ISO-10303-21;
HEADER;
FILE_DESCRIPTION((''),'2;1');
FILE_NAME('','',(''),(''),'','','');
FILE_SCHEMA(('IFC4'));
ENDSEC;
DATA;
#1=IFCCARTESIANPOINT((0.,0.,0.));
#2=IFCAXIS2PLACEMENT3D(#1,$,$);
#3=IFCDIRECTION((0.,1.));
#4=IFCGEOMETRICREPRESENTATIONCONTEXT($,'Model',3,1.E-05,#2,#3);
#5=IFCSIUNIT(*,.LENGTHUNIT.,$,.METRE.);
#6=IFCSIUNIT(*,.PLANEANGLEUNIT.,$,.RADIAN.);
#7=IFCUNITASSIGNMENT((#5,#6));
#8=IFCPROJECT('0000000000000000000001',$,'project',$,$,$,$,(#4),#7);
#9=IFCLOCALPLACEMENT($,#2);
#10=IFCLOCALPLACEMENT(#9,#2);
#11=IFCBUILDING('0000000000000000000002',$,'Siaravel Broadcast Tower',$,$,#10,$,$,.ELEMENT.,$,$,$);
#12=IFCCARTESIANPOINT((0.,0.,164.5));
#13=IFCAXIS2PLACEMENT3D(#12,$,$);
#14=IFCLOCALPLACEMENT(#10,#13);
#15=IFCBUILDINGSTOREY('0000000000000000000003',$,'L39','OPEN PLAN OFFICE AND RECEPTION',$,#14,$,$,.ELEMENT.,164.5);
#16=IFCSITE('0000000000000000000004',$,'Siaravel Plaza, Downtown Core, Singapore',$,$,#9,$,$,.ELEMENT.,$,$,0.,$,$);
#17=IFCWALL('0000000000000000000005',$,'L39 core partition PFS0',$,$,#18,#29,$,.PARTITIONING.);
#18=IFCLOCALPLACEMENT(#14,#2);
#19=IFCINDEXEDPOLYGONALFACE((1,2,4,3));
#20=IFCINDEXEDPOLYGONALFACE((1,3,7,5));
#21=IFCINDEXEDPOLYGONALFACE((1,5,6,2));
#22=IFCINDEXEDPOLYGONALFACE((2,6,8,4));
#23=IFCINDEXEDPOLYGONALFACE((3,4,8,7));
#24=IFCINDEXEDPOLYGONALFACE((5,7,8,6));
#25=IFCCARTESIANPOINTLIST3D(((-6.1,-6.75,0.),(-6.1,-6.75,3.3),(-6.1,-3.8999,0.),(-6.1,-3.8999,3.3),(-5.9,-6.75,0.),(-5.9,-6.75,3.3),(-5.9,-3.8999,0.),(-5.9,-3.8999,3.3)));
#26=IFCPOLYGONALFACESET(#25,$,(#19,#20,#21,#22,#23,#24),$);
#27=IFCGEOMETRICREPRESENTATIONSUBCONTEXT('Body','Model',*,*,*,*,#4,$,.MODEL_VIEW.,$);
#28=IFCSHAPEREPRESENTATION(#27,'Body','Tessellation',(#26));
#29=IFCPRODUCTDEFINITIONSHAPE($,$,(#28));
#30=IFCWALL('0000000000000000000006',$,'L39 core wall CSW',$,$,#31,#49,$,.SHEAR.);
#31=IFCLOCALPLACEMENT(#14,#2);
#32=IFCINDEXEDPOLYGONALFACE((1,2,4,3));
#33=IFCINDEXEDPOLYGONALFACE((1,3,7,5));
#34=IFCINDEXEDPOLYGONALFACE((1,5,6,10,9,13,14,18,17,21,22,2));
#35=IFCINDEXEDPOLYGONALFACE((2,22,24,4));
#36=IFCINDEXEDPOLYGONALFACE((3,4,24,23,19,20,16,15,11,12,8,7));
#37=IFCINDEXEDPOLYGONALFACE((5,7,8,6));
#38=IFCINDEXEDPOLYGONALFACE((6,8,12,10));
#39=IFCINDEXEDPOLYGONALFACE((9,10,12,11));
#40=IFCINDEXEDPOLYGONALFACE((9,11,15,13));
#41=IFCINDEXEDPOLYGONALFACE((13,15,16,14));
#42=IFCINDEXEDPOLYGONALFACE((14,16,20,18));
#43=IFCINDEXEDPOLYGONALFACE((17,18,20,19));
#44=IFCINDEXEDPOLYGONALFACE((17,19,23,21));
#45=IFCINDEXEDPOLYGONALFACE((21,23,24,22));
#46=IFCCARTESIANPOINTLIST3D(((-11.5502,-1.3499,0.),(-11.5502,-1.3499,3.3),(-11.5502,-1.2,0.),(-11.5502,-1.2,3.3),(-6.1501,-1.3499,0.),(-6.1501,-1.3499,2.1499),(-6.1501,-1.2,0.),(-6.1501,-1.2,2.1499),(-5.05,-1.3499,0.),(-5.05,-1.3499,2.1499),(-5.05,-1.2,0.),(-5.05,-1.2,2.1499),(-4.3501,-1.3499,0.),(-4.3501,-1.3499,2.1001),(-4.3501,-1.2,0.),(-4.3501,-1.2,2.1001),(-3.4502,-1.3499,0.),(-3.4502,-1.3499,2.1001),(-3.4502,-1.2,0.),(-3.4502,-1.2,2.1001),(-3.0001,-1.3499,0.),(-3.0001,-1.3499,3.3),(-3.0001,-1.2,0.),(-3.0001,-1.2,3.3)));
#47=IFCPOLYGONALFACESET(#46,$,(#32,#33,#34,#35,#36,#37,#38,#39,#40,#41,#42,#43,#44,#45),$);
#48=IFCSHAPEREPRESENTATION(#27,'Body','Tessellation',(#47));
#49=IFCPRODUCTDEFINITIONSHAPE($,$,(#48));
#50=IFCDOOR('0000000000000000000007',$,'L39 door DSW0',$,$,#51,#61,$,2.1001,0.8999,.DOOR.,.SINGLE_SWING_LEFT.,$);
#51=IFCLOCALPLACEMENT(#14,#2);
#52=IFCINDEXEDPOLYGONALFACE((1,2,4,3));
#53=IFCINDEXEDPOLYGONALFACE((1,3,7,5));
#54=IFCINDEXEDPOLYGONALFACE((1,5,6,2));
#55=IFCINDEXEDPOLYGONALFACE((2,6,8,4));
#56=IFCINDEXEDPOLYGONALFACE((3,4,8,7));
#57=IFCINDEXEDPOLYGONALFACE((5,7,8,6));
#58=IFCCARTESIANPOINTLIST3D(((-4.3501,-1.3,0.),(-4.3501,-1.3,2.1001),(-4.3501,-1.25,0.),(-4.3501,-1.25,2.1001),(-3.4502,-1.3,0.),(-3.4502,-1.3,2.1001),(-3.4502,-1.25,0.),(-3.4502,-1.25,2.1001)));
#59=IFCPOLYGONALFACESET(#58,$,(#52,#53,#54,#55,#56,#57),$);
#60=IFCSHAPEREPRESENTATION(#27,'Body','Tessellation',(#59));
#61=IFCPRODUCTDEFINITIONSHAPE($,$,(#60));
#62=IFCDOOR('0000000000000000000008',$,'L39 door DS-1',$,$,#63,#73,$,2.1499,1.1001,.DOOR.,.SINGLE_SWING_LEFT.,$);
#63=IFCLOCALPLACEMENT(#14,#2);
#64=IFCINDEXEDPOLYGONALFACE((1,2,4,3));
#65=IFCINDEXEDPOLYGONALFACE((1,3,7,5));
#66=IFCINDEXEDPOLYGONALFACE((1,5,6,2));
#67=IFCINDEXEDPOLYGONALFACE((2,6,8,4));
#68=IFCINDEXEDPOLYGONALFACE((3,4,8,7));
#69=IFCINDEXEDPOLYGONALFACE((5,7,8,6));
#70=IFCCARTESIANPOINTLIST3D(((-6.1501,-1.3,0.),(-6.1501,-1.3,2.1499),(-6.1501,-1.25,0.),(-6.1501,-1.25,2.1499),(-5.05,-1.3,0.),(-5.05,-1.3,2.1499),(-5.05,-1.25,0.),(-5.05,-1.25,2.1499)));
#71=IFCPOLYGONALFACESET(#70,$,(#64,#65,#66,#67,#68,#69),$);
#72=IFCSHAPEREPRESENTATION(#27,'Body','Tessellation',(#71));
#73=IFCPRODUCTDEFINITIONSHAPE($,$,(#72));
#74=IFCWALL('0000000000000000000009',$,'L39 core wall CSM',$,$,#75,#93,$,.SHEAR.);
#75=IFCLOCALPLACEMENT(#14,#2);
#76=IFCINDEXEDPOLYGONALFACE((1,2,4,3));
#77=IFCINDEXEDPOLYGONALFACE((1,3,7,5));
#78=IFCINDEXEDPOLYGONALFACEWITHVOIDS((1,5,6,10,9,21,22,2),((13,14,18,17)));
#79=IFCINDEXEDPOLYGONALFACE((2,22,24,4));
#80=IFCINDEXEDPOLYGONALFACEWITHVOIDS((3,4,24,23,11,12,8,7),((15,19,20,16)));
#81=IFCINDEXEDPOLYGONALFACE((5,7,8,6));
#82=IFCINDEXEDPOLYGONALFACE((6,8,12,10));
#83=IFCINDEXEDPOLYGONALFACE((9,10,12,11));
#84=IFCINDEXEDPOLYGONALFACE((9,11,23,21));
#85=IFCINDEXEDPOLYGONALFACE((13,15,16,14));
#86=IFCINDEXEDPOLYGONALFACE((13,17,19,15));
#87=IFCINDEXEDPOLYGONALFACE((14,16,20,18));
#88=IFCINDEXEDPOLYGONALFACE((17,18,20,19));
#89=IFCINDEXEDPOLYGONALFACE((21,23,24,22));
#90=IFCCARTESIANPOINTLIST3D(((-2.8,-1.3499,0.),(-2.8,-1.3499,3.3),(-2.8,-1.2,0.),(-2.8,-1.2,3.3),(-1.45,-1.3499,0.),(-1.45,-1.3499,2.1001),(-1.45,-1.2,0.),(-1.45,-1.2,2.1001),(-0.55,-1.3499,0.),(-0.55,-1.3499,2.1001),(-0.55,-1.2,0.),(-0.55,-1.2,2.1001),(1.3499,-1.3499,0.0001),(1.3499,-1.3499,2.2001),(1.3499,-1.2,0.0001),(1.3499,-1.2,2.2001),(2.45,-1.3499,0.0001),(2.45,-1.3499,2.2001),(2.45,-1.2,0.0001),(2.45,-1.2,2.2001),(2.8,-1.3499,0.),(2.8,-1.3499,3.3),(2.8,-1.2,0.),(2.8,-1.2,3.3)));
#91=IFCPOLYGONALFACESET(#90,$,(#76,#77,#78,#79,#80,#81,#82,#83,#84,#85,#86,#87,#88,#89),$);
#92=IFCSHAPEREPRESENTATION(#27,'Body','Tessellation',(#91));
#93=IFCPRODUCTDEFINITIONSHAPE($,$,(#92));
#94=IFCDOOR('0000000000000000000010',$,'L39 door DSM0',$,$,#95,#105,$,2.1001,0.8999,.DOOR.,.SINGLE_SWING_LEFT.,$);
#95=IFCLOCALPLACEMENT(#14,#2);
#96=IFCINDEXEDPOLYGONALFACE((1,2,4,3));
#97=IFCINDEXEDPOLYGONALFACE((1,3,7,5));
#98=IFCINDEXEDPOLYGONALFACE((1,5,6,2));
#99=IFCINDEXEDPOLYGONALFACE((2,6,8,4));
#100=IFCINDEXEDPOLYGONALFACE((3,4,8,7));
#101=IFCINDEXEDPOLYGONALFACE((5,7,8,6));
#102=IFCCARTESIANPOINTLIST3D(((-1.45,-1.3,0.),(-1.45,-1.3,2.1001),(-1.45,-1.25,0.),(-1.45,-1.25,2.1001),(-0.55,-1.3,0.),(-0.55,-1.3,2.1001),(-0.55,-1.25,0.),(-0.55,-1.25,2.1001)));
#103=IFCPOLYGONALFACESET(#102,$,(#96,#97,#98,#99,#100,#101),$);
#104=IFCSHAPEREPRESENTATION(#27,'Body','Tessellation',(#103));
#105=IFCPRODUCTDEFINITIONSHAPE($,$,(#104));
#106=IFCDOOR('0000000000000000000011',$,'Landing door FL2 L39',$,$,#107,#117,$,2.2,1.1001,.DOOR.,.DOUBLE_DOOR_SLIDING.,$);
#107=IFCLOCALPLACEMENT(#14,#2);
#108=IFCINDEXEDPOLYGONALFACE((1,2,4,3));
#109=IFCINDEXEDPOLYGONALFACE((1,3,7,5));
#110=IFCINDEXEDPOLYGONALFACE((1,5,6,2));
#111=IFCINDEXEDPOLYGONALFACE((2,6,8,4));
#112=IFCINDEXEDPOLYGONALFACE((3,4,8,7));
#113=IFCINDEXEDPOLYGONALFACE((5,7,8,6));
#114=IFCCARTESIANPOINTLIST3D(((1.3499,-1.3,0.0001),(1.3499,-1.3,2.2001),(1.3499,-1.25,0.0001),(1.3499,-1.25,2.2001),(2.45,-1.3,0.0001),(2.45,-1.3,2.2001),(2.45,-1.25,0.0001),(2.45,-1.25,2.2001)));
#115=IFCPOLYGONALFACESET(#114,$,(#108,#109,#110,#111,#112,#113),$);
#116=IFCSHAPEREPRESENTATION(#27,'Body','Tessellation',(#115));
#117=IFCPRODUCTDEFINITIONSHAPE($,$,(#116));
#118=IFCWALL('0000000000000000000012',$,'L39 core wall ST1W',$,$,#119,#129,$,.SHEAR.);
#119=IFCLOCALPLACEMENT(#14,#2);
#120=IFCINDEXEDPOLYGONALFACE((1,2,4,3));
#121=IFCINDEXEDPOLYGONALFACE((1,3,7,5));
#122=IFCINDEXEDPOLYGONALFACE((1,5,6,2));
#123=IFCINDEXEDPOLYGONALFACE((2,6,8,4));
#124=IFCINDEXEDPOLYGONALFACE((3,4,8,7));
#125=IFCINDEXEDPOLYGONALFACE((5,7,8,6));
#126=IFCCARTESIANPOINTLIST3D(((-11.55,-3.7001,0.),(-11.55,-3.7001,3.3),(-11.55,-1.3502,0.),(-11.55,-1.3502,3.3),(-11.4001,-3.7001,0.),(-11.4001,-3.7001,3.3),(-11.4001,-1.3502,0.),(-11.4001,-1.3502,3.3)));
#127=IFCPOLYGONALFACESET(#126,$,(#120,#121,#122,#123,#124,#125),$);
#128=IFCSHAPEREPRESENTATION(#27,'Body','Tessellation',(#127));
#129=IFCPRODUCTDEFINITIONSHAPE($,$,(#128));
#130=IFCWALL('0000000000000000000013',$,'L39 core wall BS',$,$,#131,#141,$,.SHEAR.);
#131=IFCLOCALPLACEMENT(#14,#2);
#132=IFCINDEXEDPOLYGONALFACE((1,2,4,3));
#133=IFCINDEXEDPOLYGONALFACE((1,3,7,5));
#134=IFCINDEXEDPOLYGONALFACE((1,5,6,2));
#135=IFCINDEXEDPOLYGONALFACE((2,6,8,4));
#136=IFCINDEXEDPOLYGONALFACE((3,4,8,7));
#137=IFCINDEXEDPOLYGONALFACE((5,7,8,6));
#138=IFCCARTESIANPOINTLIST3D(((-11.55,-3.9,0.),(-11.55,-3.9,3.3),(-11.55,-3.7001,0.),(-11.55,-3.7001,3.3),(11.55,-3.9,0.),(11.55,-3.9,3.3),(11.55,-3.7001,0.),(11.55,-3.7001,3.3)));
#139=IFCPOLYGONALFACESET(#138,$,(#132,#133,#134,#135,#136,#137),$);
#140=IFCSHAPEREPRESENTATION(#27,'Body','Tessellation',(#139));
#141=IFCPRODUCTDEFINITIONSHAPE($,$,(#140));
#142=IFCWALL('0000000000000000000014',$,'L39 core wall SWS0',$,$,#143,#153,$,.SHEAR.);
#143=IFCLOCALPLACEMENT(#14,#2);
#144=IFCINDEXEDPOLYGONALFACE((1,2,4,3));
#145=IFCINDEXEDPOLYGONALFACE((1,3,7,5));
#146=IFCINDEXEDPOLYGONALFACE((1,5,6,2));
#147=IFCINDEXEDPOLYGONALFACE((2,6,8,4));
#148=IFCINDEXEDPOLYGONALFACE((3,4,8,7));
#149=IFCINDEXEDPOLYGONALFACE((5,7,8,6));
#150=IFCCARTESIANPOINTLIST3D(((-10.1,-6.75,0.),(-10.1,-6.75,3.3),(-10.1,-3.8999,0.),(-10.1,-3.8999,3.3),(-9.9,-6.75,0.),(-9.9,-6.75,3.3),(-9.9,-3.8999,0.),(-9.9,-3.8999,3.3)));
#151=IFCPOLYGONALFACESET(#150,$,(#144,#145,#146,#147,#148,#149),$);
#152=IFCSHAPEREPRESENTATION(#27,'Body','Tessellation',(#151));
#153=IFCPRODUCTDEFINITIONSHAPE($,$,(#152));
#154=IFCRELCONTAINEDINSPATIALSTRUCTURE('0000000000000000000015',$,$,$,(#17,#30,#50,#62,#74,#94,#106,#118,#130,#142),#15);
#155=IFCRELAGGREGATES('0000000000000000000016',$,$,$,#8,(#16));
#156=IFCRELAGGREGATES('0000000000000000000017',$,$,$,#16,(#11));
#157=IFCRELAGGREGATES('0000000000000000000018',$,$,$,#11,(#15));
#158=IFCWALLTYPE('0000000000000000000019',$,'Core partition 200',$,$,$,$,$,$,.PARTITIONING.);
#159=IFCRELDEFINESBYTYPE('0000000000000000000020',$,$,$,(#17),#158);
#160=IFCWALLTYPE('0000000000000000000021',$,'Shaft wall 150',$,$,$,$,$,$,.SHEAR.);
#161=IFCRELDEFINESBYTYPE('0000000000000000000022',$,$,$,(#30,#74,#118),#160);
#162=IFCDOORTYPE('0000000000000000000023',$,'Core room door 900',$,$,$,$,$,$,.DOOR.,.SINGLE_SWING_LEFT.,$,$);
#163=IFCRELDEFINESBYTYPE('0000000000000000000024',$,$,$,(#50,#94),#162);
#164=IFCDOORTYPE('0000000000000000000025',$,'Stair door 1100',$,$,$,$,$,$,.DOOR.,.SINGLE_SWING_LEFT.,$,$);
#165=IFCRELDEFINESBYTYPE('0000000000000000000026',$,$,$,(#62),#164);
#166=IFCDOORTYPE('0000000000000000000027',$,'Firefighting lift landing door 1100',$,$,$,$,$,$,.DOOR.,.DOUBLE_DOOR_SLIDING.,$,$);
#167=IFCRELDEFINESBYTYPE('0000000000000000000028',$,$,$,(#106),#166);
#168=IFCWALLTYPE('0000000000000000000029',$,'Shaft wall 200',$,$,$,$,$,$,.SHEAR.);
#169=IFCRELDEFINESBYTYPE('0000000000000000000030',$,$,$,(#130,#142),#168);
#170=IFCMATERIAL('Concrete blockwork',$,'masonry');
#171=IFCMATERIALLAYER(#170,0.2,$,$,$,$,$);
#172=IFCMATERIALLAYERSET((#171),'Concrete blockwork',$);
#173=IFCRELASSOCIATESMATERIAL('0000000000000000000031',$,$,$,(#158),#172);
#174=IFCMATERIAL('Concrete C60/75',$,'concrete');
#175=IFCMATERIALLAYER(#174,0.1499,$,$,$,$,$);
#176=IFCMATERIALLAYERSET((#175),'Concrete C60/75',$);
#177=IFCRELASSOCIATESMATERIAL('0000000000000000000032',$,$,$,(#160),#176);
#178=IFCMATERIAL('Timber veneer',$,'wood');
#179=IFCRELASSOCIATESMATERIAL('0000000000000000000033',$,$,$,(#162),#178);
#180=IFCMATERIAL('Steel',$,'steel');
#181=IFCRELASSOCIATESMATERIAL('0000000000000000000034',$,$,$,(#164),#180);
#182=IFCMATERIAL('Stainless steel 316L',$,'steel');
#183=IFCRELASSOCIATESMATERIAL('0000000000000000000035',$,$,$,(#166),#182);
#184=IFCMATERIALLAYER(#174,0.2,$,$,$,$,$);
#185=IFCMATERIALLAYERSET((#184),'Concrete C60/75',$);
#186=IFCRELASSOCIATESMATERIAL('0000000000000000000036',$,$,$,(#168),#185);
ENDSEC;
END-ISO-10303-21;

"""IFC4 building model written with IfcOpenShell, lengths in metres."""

from ifc_helpers import new_model, si_unit, direction, frame, frame_2d, origin, place, context, subcontext, project, spatial, rectangle, extrude, material, layer, layer_set, type_object, element, fill, save


model = new_model("IFC4")

# Units and contexts
model_context = context("Model", 3, precision=1e-05, world=origin(), true_north=direction((0.0, 1.0)))
body_context = subcontext(model_context, "Body", "Model", "MODEL_VIEW")
ifc_project = project(units=[si_unit("LENGTHUNIT", "METRE"), si_unit("PLANEANGLEUNIT", "RADIAN")], contexts=[model_context])

# Site, building, storey
site_placement = place(None, origin())
site = spatial("IfcSite", under=ifc_project, at=site_placement, Name="Siaravel Plaza, Downtown Core, Singapore", CompositionType="ELEMENT", RefElevation=0.0)
building_placement = place(site_placement, origin())
building = spatial("IfcBuilding", under=site, at=building_placement, Name="Siaravel Broadcast Tower", CompositionType="ELEMENT")
storey_placement = place(building_placement, frame((0.0, 0.0, 164.5)))
storey = spatial("IfcBuildingStorey", under=building, at=storey_placement, Name="L39", Description="OPEN PLAN OFFICE AND RECEPTION", CompositionType="ELEMENT", Elevation=164.5)

# Wall
ifc_material_1 = material(Name="Concrete blockwork", Category="masonry")
ifc_layer_1 = layer(ifc_material_1, 0.2)
ifc_layer_set_1 = layer_set([ifc_layer_1], Name="Concrete blockwork")
wall_type_1 = type_object("IfcWallType", Name="Core partition 200", PredefinedType="PARTITIONING", material=ifc_layer_set_1)
wall_1_placement = place(storey_placement, frame((-6.0, -6.75, 0.0), z_axis=(0.0, 0.0, 1.0), x_axis=(0.0, 1.0, 0.0)))
element("IfcWall", 1, at=wall_1_placement, inside=storey, type_object=wall_type_1, Name="L39 core partition PFS0", PredefinedType="PARTITIONING", context=body_context, shape_type="SweptSolid", body=[
    extrude(rectangle(XDim=2.8501, YDim=0.2, at=frame_2d((1.425, 0.0))), origin(), (0.0, 0.0, 1.0), 3.3),
])

# Walls, openings, doors
ifc_material_2 = material(Name="Concrete C60/75", Category="concrete")
ifc_layer_2 = layer(ifc_material_2, 0.1499)
ifc_layer_set_2 = layer_set([ifc_layer_2], Name="Concrete C60/75")
wall_type_2 = type_object("IfcWallType", Name="Shaft wall 150", PredefinedType="SHEAR", material=ifc_layer_set_2)
wall_2_placement = place(storey_placement, frame((-11.55, -1.2749, 0.0), z_axis=(0.0, 0.0, 1.0), x_axis=(1.0, 0.0, 0.0)))
wall_2 = element("IfcWall", 2, at=wall_2_placement, inside=storey, type_object=wall_type_2, Name="L39 core wall CSW", PredefinedType="SHEAR", context=body_context, shape_type="SweptSolid", body=[
    extrude(rectangle(XDim=8.55, YDim=0.1499, at=frame_2d((4.2749, 0.0))), origin(), (0.0, 0.0, 1.0), 3.3),
])
opening_1_placement = place(wall_2_placement, frame((5.3999, 0.0, 0.0)))
opening_1 = element("IfcOpeningElement", 3, at=opening_1_placement, cuts=wall_2, PredefinedType="OPENING", context=body_context, shape_type="SweptSolid", body=[
    extrude(rectangle(XDim=1.1001, YDim=2.1499, at=frame_2d((0.55, 1.075))), frame((0.0, 0.085, 0.0), z_axis=(0.0, -1.0, 0.0), x_axis=(1.0, 0.0, 0.0)), (0.0, 0.0, 1.0), 0.1699),
])
opening_2_placement = place(wall_2_placement, frame((7.2, 0.0, 0.0)))
opening_2 = element("IfcOpeningElement", 4, at=opening_2_placement, cuts=wall_2, PredefinedType="OPENING", context=body_context, shape_type="SweptSolid", body=[
    extrude(rectangle(XDim=0.8999, YDim=2.1001, at=frame_2d((0.45, 1.05))), frame((0.0, 0.085, 0.0), z_axis=(0.0, -1.0, 0.0), x_axis=(1.0, 0.0, 0.0)), (0.0, 0.0, 1.0), 0.1699),
])
ifc_material_3 = material(Name="Timber veneer", Category="wood")
door_type_1 = type_object("IfcDoorType", Name="Core room door 900", OperationType="SINGLE_SWING_LEFT", PredefinedType="DOOR", material=ifc_material_3)
door_1_placement = place(opening_2_placement, origin())
door_1 = element("IfcDoor", 5, at=door_1_placement, inside=storey, type_object=door_type_1, Name="L39 door DSW0", OperationType="SINGLE_SWING_LEFT", OverallHeight=2.1001, OverallWidth=0.8999, PredefinedType="DOOR", context=body_context, shape_type="SweptSolid", body=[
    extrude(rectangle(XDim=0.8999, YDim=2.1001, at=frame_2d((0.45, 1.05))), frame((0.0, 0.0249, 0.0), z_axis=(0.0, -1.0, 0.0), x_axis=(1.0, 0.0, 0.0)), (0.0, 0.0, 1.0), 0.05),
])
fill(opening_2, door_1)
ifc_material_4 = material(Name="Steel", Category="steel")
door_type_2 = type_object("IfcDoorType", Name="Stair door 1100", OperationType="SINGLE_SWING_LEFT", PredefinedType="DOOR", material=ifc_material_4)
door_2_placement = place(opening_1_placement, origin())
door_2 = element("IfcDoor", 6, at=door_2_placement, inside=storey, type_object=door_type_2, Name="L39 door DS-1", OperationType="SINGLE_SWING_LEFT", OverallHeight=2.1499, OverallWidth=1.1001, PredefinedType="DOOR", context=body_context, shape_type="SweptSolid", body=[
    extrude(rectangle(XDim=1.1001, YDim=2.1499, at=frame_2d((0.55, 1.075))), frame((0.0, 0.0249, 0.0), z_axis=(0.0, -1.0, 0.0), x_axis=(1.0, 0.0, 0.0)), (0.0, 0.0, 1.0), 0.05),
])
fill(opening_1, door_2)
wall_3_placement = place(storey_placement, frame((-2.8, -1.2749, 0.0), z_axis=(0.0, 0.0, 1.0), x_axis=(1.0, 0.0, 0.0)))
wall_3 = element("IfcWall", 7, at=wall_3_placement, inside=storey, type_object=wall_type_2, Name="L39 core wall CSM", PredefinedType="SHEAR", context=body_context, shape_type="SweptSolid", body=[
    extrude(rectangle(XDim=5.6001, YDim=0.1499, at=frame_2d((2.8, 0.0))), origin(), (0.0, 0.0, 1.0), 3.3),
])
opening_3_placement = place(wall_3_placement, frame((4.1499, 0.0, 0.0)))
opening_3 = element("IfcOpeningElement", 8, at=opening_3_placement, cuts=wall_3, PredefinedType="OPENING", context=body_context, shape_type="SweptSolid", body=[
    extrude(rectangle(XDim=1.1001, YDim=2.2, at=frame_2d((0.55, 1.1001))), frame((0.0, 0.085, 0.0), z_axis=(0.0, -1.0, 0.0), x_axis=(1.0, 0.0, 0.0)), (0.0, 0.0, 1.0), 0.1699),
])
opening_4_placement = place(wall_3_placement, frame((1.3501, 0.0, 0.0)))
opening_4 = element("IfcOpeningElement", 9, at=opening_4_placement, cuts=wall_3, PredefinedType="OPENING", context=body_context, shape_type="SweptSolid", body=[
    extrude(rectangle(XDim=0.8999, YDim=2.1001, at=frame_2d((0.45, 1.05))), frame((0.0, 0.085, 0.0), z_axis=(0.0, -1.0, 0.0), x_axis=(1.0, 0.0, 0.0)), (0.0, 0.0, 1.0), 0.1699),
])
door_3_placement = place(opening_4_placement, origin())
door_3 = element("IfcDoor", 10, at=door_3_placement, inside=storey, type_object=door_type_1, Name="L39 door DSM0", OperationType="SINGLE_SWING_LEFT", OverallHeight=2.1001, OverallWidth=0.8999, PredefinedType="DOOR", context=body_context, shape_type="SweptSolid", body=[
    extrude(rectangle(XDim=0.8999, YDim=2.1001, at=frame_2d((0.45, 1.05))), frame((0.0, 0.0249, 0.0), z_axis=(0.0, -1.0, 0.0), x_axis=(1.0, 0.0, 0.0)), (0.0, 0.0, 1.0), 0.05),
])
fill(opening_4, door_3)
ifc_material_5 = material(Name="Stainless steel 316L", Category="steel")
door_type_3 = type_object("IfcDoorType", Name="Firefighting lift landing door 1100", OperationType="DOUBLE_DOOR_SLIDING", PredefinedType="DOOR", material=ifc_material_5)
door_4_placement = place(opening_3_placement, origin())
door_4 = element("IfcDoor", 11, at=door_4_placement, inside=storey, type_object=door_type_3, Name="Landing door FL2 L39", OperationType="DOUBLE_DOOR_SLIDING", OverallHeight=2.2, OverallWidth=1.1001, PredefinedType="DOOR", context=body_context, shape_type="SweptSolid", body=[
    extrude(rectangle(XDim=1.1001, YDim=2.2, at=frame_2d((0.55, 1.1001))), frame((0.0, 0.0249, 0.0), z_axis=(0.0, -1.0, 0.0), x_axis=(1.0, 0.0, 0.0)), (0.0, 0.0, 1.0), 0.05),
])
fill(opening_3, door_4)

# Walls
wall_4_placement = place(storey_placement, frame((-11.4751, -3.7, 0.0), z_axis=(0.0, 0.0, 1.0), x_axis=(0.0, 1.0, 0.0)))
element("IfcWall", 12, at=wall_4_placement, inside=storey, type_object=wall_type_2, Name="L39 core wall ST1W", PredefinedType="SHEAR", context=body_context, shape_type="SweptSolid", body=[
    extrude(rectangle(XDim=2.3499, YDim=0.1499, at=frame_2d((1.1748, 0.0))), origin(), (0.0, 0.0, 1.0), 3.3),
])
ifc_layer_3 = layer(ifc_material_2, 0.2)
ifc_layer_set_3 = layer_set([ifc_layer_3], Name="Concrete C60/75")
wall_type_3 = type_object("IfcWallType", Name="Shaft wall 200", PredefinedType="SHEAR", material=ifc_layer_set_3)
wall_5_placement = place(storey_placement, frame((-11.55, -3.8, 0.0), z_axis=(0.0, 0.0, 1.0), x_axis=(1.0, 0.0, 0.0)))
element("IfcWall", 13, at=wall_5_placement, inside=storey, type_object=wall_type_3, Name="L39 core wall BS", PredefinedType="SHEAR", context=body_context, shape_type="SweptSolid", body=[
    extrude(rectangle(XDim=23.1001, YDim=0.2, at=frame_2d((11.55, 0.0))), origin(), (0.0, 0.0, 1.0), 3.3),
])
wall_6_placement = place(storey_placement, frame((-10.0, -6.75, 0.0), z_axis=(0.0, 0.0, 1.0), x_axis=(0.0, 1.0, 0.0)))
element("IfcWall", 14, at=wall_6_placement, inside=storey, type_object=wall_type_3, Name="L39 core wall SWS0", PredefinedType="SHEAR", context=body_context, shape_type="SweptSolid", body=[
    extrude(rectangle(XDim=2.8501, YDim=0.2, at=frame_2d((1.425, 0.0))), origin(), (0.0, 0.0, 1.0), 3.3),
])

save(model, "model.ifc")
